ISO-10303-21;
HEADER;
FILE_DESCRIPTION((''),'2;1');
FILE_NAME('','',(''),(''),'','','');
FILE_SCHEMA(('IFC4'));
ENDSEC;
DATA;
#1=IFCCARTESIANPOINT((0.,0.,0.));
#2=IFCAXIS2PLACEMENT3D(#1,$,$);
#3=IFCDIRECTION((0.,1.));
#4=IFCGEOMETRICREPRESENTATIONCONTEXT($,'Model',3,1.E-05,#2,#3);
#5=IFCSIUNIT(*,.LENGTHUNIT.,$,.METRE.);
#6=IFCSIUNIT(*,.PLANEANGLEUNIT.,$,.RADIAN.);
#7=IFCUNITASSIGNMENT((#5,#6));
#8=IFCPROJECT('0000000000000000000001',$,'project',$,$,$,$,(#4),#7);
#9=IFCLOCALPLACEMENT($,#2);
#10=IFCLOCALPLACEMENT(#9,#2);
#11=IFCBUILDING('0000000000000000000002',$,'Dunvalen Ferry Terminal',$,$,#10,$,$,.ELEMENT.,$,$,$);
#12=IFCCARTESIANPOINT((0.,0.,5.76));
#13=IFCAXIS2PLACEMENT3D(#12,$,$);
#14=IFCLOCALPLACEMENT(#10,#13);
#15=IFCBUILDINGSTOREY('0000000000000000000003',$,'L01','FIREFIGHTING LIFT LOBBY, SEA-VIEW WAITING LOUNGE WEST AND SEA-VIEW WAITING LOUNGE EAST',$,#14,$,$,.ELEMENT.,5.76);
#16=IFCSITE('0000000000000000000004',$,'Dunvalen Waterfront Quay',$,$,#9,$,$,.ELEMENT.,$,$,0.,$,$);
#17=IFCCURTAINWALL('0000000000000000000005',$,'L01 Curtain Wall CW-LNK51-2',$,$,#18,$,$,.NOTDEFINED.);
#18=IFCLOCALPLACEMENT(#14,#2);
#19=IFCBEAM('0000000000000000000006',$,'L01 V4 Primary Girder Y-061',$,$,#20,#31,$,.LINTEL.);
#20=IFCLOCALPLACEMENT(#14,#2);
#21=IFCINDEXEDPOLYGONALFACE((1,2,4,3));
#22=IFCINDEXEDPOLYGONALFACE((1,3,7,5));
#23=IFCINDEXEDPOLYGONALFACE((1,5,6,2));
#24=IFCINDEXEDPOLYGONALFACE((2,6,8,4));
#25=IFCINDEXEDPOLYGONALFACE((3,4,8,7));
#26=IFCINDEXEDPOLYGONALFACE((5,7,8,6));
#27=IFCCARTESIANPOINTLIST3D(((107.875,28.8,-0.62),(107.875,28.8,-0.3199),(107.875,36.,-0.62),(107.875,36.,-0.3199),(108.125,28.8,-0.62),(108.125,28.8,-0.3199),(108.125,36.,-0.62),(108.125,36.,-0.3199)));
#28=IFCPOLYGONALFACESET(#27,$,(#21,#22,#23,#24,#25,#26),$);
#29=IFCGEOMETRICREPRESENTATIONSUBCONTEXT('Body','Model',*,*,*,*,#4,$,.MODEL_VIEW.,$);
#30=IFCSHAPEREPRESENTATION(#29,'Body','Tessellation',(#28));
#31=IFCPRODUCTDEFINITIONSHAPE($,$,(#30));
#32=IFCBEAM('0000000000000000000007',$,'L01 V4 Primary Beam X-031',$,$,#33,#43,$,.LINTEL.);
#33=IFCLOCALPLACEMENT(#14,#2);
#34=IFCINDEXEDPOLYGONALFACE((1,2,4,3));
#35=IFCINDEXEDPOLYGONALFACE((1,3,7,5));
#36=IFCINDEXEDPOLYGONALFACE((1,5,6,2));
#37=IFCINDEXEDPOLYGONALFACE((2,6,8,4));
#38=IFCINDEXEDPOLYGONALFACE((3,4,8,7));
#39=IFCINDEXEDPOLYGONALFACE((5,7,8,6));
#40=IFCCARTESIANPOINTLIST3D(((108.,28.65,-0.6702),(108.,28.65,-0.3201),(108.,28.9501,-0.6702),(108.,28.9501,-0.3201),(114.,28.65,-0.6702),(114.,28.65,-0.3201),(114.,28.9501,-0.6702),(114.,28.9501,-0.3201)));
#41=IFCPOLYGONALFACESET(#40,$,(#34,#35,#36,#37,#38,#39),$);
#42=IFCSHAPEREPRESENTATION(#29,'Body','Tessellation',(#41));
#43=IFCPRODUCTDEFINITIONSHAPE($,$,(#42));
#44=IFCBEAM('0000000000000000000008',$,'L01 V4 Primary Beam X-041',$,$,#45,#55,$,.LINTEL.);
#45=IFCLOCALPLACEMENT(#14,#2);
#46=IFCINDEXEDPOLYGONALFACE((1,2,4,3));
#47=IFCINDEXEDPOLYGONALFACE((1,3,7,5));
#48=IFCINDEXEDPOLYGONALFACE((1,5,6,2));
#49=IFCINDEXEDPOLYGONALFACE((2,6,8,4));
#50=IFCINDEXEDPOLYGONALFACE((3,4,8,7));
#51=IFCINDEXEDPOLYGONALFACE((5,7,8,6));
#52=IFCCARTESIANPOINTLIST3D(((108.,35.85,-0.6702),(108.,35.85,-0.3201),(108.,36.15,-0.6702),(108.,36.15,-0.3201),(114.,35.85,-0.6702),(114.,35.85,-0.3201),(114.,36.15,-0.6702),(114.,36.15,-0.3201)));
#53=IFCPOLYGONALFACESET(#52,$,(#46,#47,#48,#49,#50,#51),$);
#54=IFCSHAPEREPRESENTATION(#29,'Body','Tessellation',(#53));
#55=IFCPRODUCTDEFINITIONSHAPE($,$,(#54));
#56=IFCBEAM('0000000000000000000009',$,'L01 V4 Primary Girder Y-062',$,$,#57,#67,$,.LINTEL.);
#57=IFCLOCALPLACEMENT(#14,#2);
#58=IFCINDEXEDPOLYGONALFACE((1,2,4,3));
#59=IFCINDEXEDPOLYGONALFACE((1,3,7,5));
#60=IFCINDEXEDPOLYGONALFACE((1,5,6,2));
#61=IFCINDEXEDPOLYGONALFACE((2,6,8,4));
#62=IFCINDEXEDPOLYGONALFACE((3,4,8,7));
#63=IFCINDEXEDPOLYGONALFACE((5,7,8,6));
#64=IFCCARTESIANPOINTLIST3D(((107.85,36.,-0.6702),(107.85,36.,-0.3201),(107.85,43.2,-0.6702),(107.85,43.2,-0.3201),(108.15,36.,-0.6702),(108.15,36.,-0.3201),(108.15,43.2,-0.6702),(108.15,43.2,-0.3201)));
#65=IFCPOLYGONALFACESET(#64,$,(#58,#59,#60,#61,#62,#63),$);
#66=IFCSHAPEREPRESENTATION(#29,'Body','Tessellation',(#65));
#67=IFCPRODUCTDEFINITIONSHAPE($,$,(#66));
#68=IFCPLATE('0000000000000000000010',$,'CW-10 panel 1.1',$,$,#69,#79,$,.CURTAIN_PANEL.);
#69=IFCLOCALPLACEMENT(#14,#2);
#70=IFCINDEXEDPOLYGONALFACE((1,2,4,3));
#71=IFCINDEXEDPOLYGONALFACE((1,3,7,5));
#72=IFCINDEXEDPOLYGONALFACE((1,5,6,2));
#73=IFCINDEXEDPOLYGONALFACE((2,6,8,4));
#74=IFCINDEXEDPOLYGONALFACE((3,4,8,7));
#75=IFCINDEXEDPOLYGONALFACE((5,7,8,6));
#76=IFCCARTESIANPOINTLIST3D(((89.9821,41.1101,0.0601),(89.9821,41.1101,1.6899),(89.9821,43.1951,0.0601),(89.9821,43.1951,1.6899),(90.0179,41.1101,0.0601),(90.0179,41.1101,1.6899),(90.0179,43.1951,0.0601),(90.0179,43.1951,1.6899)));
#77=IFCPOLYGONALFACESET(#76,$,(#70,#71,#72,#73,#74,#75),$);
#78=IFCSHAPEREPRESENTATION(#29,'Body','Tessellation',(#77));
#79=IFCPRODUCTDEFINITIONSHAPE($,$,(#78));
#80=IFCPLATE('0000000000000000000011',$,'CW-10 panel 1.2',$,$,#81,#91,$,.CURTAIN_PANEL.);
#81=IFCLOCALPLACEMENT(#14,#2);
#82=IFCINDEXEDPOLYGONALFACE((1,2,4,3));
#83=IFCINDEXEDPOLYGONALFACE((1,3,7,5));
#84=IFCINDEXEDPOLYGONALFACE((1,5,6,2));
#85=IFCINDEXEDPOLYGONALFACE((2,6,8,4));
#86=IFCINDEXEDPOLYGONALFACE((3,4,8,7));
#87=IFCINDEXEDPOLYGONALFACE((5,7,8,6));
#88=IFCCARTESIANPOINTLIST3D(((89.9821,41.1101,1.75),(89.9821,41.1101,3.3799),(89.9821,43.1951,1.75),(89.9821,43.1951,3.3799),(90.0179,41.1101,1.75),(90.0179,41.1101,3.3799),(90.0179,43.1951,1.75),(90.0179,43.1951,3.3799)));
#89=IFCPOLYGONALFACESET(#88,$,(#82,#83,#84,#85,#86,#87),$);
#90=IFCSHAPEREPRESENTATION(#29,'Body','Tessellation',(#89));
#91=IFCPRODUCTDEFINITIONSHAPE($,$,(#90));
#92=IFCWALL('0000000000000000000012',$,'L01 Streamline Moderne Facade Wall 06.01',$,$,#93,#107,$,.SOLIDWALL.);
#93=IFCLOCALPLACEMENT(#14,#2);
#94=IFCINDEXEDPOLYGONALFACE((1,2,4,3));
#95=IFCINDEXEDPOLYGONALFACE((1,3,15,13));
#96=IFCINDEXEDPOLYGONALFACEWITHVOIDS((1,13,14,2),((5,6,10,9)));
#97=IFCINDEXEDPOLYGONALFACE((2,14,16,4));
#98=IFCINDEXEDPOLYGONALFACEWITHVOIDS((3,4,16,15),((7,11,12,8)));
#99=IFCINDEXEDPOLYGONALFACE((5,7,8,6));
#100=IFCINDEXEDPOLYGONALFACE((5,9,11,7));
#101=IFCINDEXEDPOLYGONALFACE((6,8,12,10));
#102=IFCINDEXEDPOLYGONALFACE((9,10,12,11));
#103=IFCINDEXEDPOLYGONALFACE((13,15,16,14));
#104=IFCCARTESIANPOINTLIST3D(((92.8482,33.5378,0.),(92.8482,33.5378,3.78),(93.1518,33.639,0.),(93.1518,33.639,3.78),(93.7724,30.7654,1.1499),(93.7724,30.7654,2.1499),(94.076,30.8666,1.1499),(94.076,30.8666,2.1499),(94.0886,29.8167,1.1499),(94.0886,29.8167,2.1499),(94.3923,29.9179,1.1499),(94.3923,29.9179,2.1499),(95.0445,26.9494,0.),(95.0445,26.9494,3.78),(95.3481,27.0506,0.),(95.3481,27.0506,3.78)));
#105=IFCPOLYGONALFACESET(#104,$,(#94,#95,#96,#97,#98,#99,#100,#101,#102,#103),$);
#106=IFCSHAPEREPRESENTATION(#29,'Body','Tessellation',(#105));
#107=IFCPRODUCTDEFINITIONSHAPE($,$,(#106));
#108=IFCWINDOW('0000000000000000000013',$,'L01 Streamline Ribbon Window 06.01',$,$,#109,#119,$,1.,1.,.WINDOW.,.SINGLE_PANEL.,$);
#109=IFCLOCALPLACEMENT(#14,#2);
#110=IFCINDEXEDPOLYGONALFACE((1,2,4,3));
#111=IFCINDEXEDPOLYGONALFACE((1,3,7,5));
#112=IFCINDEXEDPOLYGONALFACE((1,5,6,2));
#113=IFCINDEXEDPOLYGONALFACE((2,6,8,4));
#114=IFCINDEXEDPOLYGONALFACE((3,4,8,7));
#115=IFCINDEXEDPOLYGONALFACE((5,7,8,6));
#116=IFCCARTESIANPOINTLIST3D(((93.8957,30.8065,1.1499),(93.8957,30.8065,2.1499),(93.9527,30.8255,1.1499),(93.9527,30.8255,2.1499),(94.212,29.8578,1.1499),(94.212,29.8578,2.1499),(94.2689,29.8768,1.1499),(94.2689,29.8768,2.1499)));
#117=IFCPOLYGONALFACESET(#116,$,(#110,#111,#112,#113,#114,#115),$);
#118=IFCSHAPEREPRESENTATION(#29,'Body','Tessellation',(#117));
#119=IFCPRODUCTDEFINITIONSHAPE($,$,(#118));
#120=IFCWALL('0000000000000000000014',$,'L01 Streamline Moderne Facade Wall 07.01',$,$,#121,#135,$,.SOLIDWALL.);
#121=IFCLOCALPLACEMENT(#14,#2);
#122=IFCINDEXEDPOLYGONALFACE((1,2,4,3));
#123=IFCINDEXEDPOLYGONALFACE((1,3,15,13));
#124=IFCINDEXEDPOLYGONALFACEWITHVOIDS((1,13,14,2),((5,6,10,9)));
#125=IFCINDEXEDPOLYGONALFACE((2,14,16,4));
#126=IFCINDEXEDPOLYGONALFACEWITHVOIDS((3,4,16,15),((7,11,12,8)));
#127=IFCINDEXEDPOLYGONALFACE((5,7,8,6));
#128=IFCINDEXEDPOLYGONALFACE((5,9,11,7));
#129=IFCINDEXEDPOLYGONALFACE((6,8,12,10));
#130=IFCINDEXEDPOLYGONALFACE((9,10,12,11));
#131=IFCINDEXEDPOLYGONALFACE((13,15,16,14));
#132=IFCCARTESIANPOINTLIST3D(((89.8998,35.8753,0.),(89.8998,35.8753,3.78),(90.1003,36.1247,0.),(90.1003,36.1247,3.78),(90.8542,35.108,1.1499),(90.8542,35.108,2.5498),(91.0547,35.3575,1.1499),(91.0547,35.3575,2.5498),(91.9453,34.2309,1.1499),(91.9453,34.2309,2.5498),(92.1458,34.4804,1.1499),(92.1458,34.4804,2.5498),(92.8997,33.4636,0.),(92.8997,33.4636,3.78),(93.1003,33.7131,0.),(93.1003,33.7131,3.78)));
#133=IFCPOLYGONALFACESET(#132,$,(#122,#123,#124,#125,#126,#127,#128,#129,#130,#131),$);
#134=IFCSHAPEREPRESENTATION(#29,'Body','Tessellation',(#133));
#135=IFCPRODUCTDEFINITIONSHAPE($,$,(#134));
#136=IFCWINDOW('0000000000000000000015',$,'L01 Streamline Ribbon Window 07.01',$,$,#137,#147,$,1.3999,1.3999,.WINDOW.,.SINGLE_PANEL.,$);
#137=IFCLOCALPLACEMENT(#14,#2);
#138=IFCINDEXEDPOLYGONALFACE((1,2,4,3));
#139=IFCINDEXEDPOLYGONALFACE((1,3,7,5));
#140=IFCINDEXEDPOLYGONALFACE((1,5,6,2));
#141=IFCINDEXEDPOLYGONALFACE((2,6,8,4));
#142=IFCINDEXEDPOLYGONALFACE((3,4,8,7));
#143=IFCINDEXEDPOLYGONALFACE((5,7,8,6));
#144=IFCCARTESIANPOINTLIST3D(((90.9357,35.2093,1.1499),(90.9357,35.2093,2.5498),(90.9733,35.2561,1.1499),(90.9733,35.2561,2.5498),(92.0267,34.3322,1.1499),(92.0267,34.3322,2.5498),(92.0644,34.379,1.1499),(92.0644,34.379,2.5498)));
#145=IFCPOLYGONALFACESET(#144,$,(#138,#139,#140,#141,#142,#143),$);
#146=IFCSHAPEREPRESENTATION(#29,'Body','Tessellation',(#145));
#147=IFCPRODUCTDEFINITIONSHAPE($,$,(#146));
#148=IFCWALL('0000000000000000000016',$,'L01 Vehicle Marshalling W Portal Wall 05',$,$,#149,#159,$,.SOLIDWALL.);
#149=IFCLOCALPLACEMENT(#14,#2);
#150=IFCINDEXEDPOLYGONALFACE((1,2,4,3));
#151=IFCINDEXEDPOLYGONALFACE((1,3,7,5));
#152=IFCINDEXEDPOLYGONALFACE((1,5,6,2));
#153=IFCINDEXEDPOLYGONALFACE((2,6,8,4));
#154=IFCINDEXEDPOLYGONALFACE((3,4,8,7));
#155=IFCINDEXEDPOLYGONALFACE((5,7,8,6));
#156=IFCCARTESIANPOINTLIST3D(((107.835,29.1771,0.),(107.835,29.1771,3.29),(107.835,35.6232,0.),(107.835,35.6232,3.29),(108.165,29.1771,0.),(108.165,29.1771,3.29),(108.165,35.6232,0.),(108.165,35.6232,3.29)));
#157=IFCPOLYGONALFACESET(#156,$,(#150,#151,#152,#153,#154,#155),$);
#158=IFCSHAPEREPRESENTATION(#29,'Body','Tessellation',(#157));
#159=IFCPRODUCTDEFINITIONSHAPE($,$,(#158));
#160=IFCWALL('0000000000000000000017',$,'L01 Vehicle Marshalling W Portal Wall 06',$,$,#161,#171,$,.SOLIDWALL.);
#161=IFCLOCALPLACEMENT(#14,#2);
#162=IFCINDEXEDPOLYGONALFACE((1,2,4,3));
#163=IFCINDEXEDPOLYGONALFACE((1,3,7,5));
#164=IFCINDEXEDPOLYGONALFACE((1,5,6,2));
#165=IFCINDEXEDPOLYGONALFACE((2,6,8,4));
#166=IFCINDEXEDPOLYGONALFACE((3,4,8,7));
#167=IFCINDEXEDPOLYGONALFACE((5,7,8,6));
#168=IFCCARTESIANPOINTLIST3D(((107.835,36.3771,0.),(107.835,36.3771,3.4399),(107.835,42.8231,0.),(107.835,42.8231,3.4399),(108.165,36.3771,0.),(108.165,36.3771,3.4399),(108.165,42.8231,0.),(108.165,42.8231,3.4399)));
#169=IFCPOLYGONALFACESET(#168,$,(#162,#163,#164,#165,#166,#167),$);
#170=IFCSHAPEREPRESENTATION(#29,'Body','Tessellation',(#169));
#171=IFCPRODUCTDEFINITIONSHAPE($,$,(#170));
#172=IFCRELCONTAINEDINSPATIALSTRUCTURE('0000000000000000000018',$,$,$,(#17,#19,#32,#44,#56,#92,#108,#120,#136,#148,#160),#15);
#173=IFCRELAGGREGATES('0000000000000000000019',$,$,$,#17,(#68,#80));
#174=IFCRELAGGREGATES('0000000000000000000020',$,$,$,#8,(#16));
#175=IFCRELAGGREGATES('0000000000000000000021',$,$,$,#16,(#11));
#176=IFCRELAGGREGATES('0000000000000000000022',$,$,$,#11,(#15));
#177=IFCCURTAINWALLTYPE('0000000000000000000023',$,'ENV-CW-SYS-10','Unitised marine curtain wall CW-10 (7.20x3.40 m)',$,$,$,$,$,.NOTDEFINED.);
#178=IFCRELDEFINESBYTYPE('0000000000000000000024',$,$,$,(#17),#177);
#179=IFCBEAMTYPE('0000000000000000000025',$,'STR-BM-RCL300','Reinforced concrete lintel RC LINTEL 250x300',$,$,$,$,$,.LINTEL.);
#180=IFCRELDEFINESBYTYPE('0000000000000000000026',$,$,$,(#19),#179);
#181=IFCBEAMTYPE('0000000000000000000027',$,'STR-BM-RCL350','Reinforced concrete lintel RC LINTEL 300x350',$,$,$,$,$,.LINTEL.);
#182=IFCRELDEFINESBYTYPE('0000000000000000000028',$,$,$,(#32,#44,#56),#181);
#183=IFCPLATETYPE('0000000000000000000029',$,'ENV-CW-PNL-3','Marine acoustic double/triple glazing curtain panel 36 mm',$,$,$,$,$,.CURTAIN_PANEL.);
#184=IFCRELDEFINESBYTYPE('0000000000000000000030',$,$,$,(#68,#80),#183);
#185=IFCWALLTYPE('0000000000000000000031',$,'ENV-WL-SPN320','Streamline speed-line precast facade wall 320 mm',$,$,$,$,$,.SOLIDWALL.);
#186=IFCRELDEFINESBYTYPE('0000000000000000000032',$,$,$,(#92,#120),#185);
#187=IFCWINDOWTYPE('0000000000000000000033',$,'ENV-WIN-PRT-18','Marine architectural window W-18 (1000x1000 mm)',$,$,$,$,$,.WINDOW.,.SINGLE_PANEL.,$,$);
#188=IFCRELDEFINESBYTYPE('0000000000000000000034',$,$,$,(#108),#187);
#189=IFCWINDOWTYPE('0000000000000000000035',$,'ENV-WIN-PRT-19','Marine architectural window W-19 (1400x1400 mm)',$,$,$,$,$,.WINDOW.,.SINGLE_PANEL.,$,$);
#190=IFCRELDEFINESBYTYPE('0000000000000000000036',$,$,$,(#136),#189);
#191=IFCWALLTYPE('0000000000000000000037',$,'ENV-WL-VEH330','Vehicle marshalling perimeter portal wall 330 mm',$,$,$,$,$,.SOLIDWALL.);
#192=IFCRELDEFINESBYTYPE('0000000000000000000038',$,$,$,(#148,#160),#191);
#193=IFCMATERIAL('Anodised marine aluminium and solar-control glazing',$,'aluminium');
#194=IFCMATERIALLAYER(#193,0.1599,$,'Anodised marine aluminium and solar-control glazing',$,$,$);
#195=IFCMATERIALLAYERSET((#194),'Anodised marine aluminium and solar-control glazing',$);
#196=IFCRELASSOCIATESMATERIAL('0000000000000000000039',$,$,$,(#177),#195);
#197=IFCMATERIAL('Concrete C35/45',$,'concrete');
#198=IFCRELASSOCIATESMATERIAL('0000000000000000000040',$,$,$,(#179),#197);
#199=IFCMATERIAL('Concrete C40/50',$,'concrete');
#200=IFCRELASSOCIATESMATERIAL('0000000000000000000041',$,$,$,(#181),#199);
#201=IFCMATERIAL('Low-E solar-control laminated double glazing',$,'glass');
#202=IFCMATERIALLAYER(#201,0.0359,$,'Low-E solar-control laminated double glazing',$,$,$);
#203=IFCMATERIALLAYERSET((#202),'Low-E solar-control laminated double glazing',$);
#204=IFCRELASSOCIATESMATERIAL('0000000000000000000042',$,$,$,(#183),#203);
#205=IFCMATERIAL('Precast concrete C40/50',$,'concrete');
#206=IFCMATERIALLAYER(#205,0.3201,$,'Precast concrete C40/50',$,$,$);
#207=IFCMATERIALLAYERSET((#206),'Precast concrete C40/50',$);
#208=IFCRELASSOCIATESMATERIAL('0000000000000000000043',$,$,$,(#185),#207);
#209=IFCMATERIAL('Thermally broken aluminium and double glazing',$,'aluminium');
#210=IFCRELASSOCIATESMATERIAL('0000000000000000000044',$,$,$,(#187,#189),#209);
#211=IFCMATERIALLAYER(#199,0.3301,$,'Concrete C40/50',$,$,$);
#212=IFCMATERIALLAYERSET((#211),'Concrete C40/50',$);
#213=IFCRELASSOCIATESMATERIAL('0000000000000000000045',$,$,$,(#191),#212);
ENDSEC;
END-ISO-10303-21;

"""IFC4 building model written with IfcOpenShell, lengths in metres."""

from ifc_helpers import new_model, si_unit, direction, frame, frame_2d, origin, origin_2d, place, context, subcontext, project, spatial, rectangle, extrude, material, layer, layer_set, material_profile, profile_set, type_object, element, fill, aggregate, save


model = new_model("IFC4")

# Units and contexts
model_context = context("Model", 3, precision=1e-05, world=origin(), true_north=direction((0.0, 1.0)))
body_context = subcontext(model_context, "Body", "Model", "MODEL_VIEW")
ifc_project = project(units=[si_unit("LENGTHUNIT", "METRE"), si_unit("PLANEANGLEUNIT", "RADIAN")], contexts=[model_context])

# Site, building, storey
site_placement = place(None, origin())
site = spatial("IfcSite", under=ifc_project, at=site_placement, Name="Dunvalen Waterfront Quay", CompositionType="ELEMENT", RefElevation=0.0)
building_placement = place(site_placement, origin())
building = spatial("IfcBuilding", under=site, at=building_placement, Name="Dunvalen Ferry Terminal", CompositionType="ELEMENT")
storey_placement = place(building_placement, frame((0.0, 0.0, 5.76)))
storey = spatial("IfcBuildingStorey", under=building, at=storey_placement, Name="L01", Description="FIREFIGHTING LIFT LOBBY, SEA-VIEW WAITING LOUNGE WEST AND SEA-VIEW WAITING LOUNGE EAST", CompositionType="ELEMENT", Elevation=5.76)

# Shared definitions
ifc_material_1 = material(Name="Concrete C40/50", Category="concrete")

# Curtain wall
ifc_material_2 = material(Name="Anodised marine aluminium and solar-control glazing", Category="aluminium")
ifc_layer_1 = layer(ifc_material_2, 0.1599, Name="Anodised marine aluminium and solar-control glazing")
ifc_layer_set_1 = layer_set([ifc_layer_1], Name="Anodised marine aluminium and solar-control glazing")
curtain_wall_type = type_object("IfcCurtainWallType", Name="ENV-CW-SYS-10", Description="Unitised marine curtain wall CW-10 (7.20x3.40 m)", PredefinedType="NOTDEFINED", material=ifc_layer_set_1)
curtain_wall_placement = place(storey_placement, origin())
curtain_wall = element("IfcCurtainWall", 1, at=curtain_wall_placement, inside=storey, type_object=curtain_wall_type, Name="L01 Curtain Wall CW-LNK51-2", PredefinedType="NOTDEFINED")

# Beams
ifc_material_3 = material(Name="Concrete C35/45", Category="concrete")
ifc_material_profile_1 = material_profile(ifc_material_3, rectangle(XDim=0.25, YDim=0.3, at=origin_2d()), Name="Concrete C35/45")
ifc_profile_set_1 = profile_set([ifc_material_profile_1], Name="Concrete C35/45")
beam_type_1 = type_object("IfcBeamType", Name="STR-BM-RCL300", Description="Reinforced concrete lintel RC LINTEL 250x300", PredefinedType="LINTEL", material=ifc_profile_set_1)
beam_1_placement = place(storey_placement, frame((108.0, 28.8, -0.47), z_axis=(0.0, 1.0, 0.0), x_axis=(-1.0, 0.0, 0.0)))
element("IfcBeam", 2, at=beam_1_placement, inside=storey, type_object=beam_type_1, Name="L01 V4 Primary Girder Y-061", PredefinedType="LINTEL", context=body_context, shape_type="SweptSolid", body=[
    extrude(rectangle(XDim=0.25, YDim=0.3, at=origin_2d()), origin(), (0.0, 0.0, 1.0), 7.2),
])
ifc_material_profile_2 = material_profile(ifc_material_1, rectangle(XDim=0.3, YDim=0.3501, at=origin_2d()), Name="Concrete C40/50")
ifc_profile_set_2 = profile_set([ifc_material_profile_2], Name="Concrete C40/50")
beam_type_2 = type_object("IfcBeamType", Name="STR-BM-RCL350", Description="Reinforced concrete lintel RC LINTEL 300x350", PredefinedType="LINTEL", material=ifc_profile_set_2)
for number, where, z_axis, x_axis, name in (
    (3, (108.0, 28.8, -0.4951), (1.0, 0.0, 0.0), (0.0, 1.0, 0.0), "L01 V4 Primary Beam X-031"),
    (4, (108.0, 36.0, -0.4951), (1.0, 0.0, 0.0), (0.0, 1.0, 0.0), "L01 V4 Primary Beam X-041"),
):
    element("IfcBeam", number, at=place(storey_placement, frame(where, z_axis=z_axis, x_axis=x_axis)), inside=storey, type_object=beam_type_2, Name=name, PredefinedType="LINTEL", context=body_context, shape_type="SweptSolid", body=[
        extrude(rectangle(XDim=0.3, YDim=0.3501, at=origin_2d()), origin(), (0.0, 0.0, 1.0), 6.0),
    ])
beam_2_placement = place(storey_placement, frame((108.0, 36.0, -0.4951), z_axis=(0.0, 1.0, 0.0), x_axis=(-1.0, 0.0, 0.0)))
element("IfcBeam", 5, at=beam_2_placement, inside=storey, type_object=beam_type_2, Name="L01 V4 Primary Girder Y-062", PredefinedType="LINTEL", context=body_context, shape_type="SweptSolid", body=[
    extrude(rectangle(XDim=0.3, YDim=0.3501, at=origin_2d()), origin(), (0.0, 0.0, 1.0), 7.2),
])

# Plates
ifc_material_4 = material(Name="Low-E solar-control laminated double glazing", Category="glass")
ifc_layer_2 = layer(ifc_material_4, 0.0359, Name="Low-E solar-control laminated double glazing")
ifc_layer_set_2 = layer_set([ifc_layer_2], Name="Low-E solar-control laminated double glazing")
plate_type = type_object("IfcPlateType", Name="ENV-CW-PNL-3", Description="Marine acoustic double/triple glazing curtain panel 36 mm", PredefinedType="CURTAIN_PANEL", material=ifc_layer_set_2)
plate_1_placement = place(storey_placement, frame((90.0, 42.1526, 0.0601), z_axis=(0.0, 0.0, 1.0), x_axis=(0.0, 1.0, 0.0)))
plate_1 = element("IfcPlate", 6, at=plate_1_placement, type_object=plate_type, Name="CW-10 panel 1.1", PredefinedType="CURTAIN_PANEL", context=body_context, shape_type="SweptSolid", body=[
    extrude(rectangle(XDim=2.085, YDim=0.0359, at=origin_2d()), origin(), (0.0, 0.0, 1.0), 1.6299),
])
plate_2_placement = place(storey_placement, frame((90.0, 42.1526, 1.75), z_axis=(0.0, 0.0, 1.0), x_axis=(0.0, 1.0, 0.0)))
plate_2 = element("IfcPlate", 7, at=plate_2_placement, type_object=plate_type, Name="CW-10 panel 1.2", PredefinedType="CURTAIN_PANEL", context=body_context, shape_type="SweptSolid", body=[
    extrude(rectangle(XDim=2.085, YDim=0.0359, at=origin_2d()), origin(), (0.0, 0.0, 1.0), 1.6299),
])
aggregate(curtain_wall, [plate_1, plate_2])

# Walls, openings, windows
ifc_material_5 = material(Name="Precast concrete C40/50", Category="concrete")
ifc_layer_3 = layer(ifc_material_5, 0.3201, Name="Precast concrete C40/50")
ifc_layer_set_3 = layer_set([ifc_layer_3], Name="Precast concrete C40/50")
wall_type_1 = type_object("IfcWallType", Name="ENV-WL-SPN320", Description="Streamline speed-line precast facade wall 320 mm", PredefinedType="SOLIDWALL", material=ifc_layer_set_3)
wall_1_placement = place(storey_placement, frame((95.1963, 27.0, 0.0), z_axis=(0.0, 0.0, 1.0), x_axis=(-0.316249, 0.948676, 0.0)))
wall_1 = element("IfcWall", 8, at=wall_1_placement, inside=storey, type_object=wall_type_1, Name="L01 Streamline Moderne Facade Wall 06.01", PredefinedType="SOLIDWALL", context=body_context, shape_type="SweptSolid", body=[
    extrude(rectangle(XDim=6.9448, YDim=0.3201, at=frame_2d((3.4724, 0.0))), origin(), (0.0, 0.0, 1.0), 3.78),
])
opening_1_placement = place(wall_1_placement, frame((3.0225, 0.0, 1.1499)))
opening_1 = element("IfcOpeningElement", 9, at=opening_1_placement, cuts=wall_1, PredefinedType="OPENING", context=body_context, shape_type="SweptSolid", body=[
    extrude(rectangle(XDim=1.0, YDim=1.0, at=frame_2d((0.5, 0.5))), frame((0.0, 0.1699, 0.0), z_axis=(0.0, -1.0, 0.0), x_axis=(1.0, 0.0, 0.0)), (0.0, 0.0, 1.0), 0.3401),
])
ifc_material_6 = material(Name="Thermally broken aluminium and double glazing", Category="aluminium")
window_type_1 = type_object("IfcWindowType", Name="ENV-WIN-PRT-18", Description="Marine architectural window W-18 (1000x1000 mm)", PartitioningType="SINGLE_PANEL", PredefinedType="WINDOW", material=ifc_material_6)
window_1_placement = place(opening_1_placement, origin())
window_1 = element("IfcWindow", 10, at=window_1_placement, inside=storey, type_object=window_type_1, Name="L01 Streamline Ribbon Window 06.01", OverallHeight=1.0, OverallWidth=1.0, PartitioningType="SINGLE_PANEL", PredefinedType="WINDOW", context=body_context, shape_type="SweptSolid", body=[
    extrude(rectangle(XDim=1.0, YDim=1.0, at=frame_2d((0.5, 0.5))), frame((0.0, 0.03, 0.0), z_axis=(0.0, -1.0, 0.0), x_axis=(1.0, 0.0, 0.0)), (0.0, 0.0, 1.0), 0.0601),
])
fill(opening_1, window_1)
wall_2_placement = place(storey_placement, frame((93.0, 33.5884, 0.0), z_axis=(0.0, 0.0, 1.0), x_axis=(-0.779394, 0.626534, 0.0)))
wall_2 = element("IfcWall", 11, at=wall_2_placement, inside=storey, type_object=wall_type_1, Name="L01 Streamline Moderne Facade Wall 07.01", PredefinedType="SOLIDWALL", context=body_context, shape_type="SweptSolid", body=[
    extrude(rectangle(XDim=3.8491, YDim=0.3201, at=frame_2d((1.9246, 0.0))), origin(), (0.0, 0.0, 1.0), 3.78),
])
opening_2_placement = place(wall_2_placement, frame((1.2246, 0.0, 1.1499)))
opening_2 = element("IfcOpeningElement", 12, at=opening_2_placement, cuts=wall_2, PredefinedType="OPENING", context=body_context, shape_type="SweptSolid", body=[
    extrude(rectangle(XDim=1.3999, YDim=1.3999, at=frame_2d((0.7, 0.7))), frame((0.0, 0.1699, 0.0), z_axis=(0.0, -1.0, 0.0), x_axis=(1.0, 0.0, 0.0)), (0.0, 0.0, 1.0), 0.3401),
])
window_type_2 = type_object("IfcWindowType", Name="ENV-WIN-PRT-19", Description="Marine architectural window W-19 (1400x1400 mm)", PartitioningType="SINGLE_PANEL", PredefinedType="WINDOW", material=ifc_material_6)
window_2_placement = place(opening_2_placement, origin())
window_2 = element("IfcWindow", 13, at=window_2_placement, inside=storey, type_object=window_type_2, Name="L01 Streamline Ribbon Window 07.01", OverallHeight=1.3999, OverallWidth=1.3999, PartitioningType="SINGLE_PANEL", PredefinedType="WINDOW", context=body_context, shape_type="SweptSolid", body=[
    extrude(rectangle(XDim=1.3999, YDim=1.3999, at=frame_2d((0.7, 0.7))), frame((0.0, 0.03, 0.0), z_axis=(0.0, -1.0, 0.0), x_axis=(1.0, 0.0, 0.0)), (0.0, 0.0, 1.0), 0.0601),
])
fill(opening_2, window_2)

# Walls
ifc_layer_4 = layer(ifc_material_1, 0.3301, Name="Concrete C40/50")
ifc_layer_set_4 = layer_set([ifc_layer_4], Name="Concrete C40/50")
wall_type_2 = type_object("IfcWallType", Name="ENV-WL-VEH330", Description="Vehicle marshalling perimeter portal wall 330 mm", PredefinedType="SOLIDWALL", material=ifc_layer_set_4)
wall_3_placement = place(storey_placement, frame((108.0, 29.177, 0.0), z_axis=(0.0, 0.0, 1.0), x_axis=(0.0, 1.0, 0.0)))
element("IfcWall", 14, at=wall_3_placement, inside=storey, type_object=wall_type_2, Name="L01 Vehicle Marshalling W Portal Wall 05", PredefinedType="SOLIDWALL", context=body_context, shape_type="SweptSolid", body=[
    extrude(rectangle(XDim=6.446, YDim=0.3301, at=frame_2d((3.2231, 0.0))), origin(), (0.0, 0.0, 1.0), 3.29),
])
wall_4_placement = place(storey_placement, frame((108.0, 36.377, 0.0), z_axis=(0.0, 0.0, 1.0), x_axis=(0.0, 1.0, 0.0)))
element("IfcWall", 15, at=wall_4_placement, inside=storey, type_object=wall_type_2, Name="L01 Vehicle Marshalling W Portal Wall 06", PredefinedType="SOLIDWALL", context=body_context, shape_type="SweptSolid", body=[
    extrude(rectangle(XDim=6.446, YDim=0.3301, at=frame_2d((3.2231, 0.0))), origin(), (0.0, 0.0, 1.0), 3.4399),
])

save(model, "model.ifc")
